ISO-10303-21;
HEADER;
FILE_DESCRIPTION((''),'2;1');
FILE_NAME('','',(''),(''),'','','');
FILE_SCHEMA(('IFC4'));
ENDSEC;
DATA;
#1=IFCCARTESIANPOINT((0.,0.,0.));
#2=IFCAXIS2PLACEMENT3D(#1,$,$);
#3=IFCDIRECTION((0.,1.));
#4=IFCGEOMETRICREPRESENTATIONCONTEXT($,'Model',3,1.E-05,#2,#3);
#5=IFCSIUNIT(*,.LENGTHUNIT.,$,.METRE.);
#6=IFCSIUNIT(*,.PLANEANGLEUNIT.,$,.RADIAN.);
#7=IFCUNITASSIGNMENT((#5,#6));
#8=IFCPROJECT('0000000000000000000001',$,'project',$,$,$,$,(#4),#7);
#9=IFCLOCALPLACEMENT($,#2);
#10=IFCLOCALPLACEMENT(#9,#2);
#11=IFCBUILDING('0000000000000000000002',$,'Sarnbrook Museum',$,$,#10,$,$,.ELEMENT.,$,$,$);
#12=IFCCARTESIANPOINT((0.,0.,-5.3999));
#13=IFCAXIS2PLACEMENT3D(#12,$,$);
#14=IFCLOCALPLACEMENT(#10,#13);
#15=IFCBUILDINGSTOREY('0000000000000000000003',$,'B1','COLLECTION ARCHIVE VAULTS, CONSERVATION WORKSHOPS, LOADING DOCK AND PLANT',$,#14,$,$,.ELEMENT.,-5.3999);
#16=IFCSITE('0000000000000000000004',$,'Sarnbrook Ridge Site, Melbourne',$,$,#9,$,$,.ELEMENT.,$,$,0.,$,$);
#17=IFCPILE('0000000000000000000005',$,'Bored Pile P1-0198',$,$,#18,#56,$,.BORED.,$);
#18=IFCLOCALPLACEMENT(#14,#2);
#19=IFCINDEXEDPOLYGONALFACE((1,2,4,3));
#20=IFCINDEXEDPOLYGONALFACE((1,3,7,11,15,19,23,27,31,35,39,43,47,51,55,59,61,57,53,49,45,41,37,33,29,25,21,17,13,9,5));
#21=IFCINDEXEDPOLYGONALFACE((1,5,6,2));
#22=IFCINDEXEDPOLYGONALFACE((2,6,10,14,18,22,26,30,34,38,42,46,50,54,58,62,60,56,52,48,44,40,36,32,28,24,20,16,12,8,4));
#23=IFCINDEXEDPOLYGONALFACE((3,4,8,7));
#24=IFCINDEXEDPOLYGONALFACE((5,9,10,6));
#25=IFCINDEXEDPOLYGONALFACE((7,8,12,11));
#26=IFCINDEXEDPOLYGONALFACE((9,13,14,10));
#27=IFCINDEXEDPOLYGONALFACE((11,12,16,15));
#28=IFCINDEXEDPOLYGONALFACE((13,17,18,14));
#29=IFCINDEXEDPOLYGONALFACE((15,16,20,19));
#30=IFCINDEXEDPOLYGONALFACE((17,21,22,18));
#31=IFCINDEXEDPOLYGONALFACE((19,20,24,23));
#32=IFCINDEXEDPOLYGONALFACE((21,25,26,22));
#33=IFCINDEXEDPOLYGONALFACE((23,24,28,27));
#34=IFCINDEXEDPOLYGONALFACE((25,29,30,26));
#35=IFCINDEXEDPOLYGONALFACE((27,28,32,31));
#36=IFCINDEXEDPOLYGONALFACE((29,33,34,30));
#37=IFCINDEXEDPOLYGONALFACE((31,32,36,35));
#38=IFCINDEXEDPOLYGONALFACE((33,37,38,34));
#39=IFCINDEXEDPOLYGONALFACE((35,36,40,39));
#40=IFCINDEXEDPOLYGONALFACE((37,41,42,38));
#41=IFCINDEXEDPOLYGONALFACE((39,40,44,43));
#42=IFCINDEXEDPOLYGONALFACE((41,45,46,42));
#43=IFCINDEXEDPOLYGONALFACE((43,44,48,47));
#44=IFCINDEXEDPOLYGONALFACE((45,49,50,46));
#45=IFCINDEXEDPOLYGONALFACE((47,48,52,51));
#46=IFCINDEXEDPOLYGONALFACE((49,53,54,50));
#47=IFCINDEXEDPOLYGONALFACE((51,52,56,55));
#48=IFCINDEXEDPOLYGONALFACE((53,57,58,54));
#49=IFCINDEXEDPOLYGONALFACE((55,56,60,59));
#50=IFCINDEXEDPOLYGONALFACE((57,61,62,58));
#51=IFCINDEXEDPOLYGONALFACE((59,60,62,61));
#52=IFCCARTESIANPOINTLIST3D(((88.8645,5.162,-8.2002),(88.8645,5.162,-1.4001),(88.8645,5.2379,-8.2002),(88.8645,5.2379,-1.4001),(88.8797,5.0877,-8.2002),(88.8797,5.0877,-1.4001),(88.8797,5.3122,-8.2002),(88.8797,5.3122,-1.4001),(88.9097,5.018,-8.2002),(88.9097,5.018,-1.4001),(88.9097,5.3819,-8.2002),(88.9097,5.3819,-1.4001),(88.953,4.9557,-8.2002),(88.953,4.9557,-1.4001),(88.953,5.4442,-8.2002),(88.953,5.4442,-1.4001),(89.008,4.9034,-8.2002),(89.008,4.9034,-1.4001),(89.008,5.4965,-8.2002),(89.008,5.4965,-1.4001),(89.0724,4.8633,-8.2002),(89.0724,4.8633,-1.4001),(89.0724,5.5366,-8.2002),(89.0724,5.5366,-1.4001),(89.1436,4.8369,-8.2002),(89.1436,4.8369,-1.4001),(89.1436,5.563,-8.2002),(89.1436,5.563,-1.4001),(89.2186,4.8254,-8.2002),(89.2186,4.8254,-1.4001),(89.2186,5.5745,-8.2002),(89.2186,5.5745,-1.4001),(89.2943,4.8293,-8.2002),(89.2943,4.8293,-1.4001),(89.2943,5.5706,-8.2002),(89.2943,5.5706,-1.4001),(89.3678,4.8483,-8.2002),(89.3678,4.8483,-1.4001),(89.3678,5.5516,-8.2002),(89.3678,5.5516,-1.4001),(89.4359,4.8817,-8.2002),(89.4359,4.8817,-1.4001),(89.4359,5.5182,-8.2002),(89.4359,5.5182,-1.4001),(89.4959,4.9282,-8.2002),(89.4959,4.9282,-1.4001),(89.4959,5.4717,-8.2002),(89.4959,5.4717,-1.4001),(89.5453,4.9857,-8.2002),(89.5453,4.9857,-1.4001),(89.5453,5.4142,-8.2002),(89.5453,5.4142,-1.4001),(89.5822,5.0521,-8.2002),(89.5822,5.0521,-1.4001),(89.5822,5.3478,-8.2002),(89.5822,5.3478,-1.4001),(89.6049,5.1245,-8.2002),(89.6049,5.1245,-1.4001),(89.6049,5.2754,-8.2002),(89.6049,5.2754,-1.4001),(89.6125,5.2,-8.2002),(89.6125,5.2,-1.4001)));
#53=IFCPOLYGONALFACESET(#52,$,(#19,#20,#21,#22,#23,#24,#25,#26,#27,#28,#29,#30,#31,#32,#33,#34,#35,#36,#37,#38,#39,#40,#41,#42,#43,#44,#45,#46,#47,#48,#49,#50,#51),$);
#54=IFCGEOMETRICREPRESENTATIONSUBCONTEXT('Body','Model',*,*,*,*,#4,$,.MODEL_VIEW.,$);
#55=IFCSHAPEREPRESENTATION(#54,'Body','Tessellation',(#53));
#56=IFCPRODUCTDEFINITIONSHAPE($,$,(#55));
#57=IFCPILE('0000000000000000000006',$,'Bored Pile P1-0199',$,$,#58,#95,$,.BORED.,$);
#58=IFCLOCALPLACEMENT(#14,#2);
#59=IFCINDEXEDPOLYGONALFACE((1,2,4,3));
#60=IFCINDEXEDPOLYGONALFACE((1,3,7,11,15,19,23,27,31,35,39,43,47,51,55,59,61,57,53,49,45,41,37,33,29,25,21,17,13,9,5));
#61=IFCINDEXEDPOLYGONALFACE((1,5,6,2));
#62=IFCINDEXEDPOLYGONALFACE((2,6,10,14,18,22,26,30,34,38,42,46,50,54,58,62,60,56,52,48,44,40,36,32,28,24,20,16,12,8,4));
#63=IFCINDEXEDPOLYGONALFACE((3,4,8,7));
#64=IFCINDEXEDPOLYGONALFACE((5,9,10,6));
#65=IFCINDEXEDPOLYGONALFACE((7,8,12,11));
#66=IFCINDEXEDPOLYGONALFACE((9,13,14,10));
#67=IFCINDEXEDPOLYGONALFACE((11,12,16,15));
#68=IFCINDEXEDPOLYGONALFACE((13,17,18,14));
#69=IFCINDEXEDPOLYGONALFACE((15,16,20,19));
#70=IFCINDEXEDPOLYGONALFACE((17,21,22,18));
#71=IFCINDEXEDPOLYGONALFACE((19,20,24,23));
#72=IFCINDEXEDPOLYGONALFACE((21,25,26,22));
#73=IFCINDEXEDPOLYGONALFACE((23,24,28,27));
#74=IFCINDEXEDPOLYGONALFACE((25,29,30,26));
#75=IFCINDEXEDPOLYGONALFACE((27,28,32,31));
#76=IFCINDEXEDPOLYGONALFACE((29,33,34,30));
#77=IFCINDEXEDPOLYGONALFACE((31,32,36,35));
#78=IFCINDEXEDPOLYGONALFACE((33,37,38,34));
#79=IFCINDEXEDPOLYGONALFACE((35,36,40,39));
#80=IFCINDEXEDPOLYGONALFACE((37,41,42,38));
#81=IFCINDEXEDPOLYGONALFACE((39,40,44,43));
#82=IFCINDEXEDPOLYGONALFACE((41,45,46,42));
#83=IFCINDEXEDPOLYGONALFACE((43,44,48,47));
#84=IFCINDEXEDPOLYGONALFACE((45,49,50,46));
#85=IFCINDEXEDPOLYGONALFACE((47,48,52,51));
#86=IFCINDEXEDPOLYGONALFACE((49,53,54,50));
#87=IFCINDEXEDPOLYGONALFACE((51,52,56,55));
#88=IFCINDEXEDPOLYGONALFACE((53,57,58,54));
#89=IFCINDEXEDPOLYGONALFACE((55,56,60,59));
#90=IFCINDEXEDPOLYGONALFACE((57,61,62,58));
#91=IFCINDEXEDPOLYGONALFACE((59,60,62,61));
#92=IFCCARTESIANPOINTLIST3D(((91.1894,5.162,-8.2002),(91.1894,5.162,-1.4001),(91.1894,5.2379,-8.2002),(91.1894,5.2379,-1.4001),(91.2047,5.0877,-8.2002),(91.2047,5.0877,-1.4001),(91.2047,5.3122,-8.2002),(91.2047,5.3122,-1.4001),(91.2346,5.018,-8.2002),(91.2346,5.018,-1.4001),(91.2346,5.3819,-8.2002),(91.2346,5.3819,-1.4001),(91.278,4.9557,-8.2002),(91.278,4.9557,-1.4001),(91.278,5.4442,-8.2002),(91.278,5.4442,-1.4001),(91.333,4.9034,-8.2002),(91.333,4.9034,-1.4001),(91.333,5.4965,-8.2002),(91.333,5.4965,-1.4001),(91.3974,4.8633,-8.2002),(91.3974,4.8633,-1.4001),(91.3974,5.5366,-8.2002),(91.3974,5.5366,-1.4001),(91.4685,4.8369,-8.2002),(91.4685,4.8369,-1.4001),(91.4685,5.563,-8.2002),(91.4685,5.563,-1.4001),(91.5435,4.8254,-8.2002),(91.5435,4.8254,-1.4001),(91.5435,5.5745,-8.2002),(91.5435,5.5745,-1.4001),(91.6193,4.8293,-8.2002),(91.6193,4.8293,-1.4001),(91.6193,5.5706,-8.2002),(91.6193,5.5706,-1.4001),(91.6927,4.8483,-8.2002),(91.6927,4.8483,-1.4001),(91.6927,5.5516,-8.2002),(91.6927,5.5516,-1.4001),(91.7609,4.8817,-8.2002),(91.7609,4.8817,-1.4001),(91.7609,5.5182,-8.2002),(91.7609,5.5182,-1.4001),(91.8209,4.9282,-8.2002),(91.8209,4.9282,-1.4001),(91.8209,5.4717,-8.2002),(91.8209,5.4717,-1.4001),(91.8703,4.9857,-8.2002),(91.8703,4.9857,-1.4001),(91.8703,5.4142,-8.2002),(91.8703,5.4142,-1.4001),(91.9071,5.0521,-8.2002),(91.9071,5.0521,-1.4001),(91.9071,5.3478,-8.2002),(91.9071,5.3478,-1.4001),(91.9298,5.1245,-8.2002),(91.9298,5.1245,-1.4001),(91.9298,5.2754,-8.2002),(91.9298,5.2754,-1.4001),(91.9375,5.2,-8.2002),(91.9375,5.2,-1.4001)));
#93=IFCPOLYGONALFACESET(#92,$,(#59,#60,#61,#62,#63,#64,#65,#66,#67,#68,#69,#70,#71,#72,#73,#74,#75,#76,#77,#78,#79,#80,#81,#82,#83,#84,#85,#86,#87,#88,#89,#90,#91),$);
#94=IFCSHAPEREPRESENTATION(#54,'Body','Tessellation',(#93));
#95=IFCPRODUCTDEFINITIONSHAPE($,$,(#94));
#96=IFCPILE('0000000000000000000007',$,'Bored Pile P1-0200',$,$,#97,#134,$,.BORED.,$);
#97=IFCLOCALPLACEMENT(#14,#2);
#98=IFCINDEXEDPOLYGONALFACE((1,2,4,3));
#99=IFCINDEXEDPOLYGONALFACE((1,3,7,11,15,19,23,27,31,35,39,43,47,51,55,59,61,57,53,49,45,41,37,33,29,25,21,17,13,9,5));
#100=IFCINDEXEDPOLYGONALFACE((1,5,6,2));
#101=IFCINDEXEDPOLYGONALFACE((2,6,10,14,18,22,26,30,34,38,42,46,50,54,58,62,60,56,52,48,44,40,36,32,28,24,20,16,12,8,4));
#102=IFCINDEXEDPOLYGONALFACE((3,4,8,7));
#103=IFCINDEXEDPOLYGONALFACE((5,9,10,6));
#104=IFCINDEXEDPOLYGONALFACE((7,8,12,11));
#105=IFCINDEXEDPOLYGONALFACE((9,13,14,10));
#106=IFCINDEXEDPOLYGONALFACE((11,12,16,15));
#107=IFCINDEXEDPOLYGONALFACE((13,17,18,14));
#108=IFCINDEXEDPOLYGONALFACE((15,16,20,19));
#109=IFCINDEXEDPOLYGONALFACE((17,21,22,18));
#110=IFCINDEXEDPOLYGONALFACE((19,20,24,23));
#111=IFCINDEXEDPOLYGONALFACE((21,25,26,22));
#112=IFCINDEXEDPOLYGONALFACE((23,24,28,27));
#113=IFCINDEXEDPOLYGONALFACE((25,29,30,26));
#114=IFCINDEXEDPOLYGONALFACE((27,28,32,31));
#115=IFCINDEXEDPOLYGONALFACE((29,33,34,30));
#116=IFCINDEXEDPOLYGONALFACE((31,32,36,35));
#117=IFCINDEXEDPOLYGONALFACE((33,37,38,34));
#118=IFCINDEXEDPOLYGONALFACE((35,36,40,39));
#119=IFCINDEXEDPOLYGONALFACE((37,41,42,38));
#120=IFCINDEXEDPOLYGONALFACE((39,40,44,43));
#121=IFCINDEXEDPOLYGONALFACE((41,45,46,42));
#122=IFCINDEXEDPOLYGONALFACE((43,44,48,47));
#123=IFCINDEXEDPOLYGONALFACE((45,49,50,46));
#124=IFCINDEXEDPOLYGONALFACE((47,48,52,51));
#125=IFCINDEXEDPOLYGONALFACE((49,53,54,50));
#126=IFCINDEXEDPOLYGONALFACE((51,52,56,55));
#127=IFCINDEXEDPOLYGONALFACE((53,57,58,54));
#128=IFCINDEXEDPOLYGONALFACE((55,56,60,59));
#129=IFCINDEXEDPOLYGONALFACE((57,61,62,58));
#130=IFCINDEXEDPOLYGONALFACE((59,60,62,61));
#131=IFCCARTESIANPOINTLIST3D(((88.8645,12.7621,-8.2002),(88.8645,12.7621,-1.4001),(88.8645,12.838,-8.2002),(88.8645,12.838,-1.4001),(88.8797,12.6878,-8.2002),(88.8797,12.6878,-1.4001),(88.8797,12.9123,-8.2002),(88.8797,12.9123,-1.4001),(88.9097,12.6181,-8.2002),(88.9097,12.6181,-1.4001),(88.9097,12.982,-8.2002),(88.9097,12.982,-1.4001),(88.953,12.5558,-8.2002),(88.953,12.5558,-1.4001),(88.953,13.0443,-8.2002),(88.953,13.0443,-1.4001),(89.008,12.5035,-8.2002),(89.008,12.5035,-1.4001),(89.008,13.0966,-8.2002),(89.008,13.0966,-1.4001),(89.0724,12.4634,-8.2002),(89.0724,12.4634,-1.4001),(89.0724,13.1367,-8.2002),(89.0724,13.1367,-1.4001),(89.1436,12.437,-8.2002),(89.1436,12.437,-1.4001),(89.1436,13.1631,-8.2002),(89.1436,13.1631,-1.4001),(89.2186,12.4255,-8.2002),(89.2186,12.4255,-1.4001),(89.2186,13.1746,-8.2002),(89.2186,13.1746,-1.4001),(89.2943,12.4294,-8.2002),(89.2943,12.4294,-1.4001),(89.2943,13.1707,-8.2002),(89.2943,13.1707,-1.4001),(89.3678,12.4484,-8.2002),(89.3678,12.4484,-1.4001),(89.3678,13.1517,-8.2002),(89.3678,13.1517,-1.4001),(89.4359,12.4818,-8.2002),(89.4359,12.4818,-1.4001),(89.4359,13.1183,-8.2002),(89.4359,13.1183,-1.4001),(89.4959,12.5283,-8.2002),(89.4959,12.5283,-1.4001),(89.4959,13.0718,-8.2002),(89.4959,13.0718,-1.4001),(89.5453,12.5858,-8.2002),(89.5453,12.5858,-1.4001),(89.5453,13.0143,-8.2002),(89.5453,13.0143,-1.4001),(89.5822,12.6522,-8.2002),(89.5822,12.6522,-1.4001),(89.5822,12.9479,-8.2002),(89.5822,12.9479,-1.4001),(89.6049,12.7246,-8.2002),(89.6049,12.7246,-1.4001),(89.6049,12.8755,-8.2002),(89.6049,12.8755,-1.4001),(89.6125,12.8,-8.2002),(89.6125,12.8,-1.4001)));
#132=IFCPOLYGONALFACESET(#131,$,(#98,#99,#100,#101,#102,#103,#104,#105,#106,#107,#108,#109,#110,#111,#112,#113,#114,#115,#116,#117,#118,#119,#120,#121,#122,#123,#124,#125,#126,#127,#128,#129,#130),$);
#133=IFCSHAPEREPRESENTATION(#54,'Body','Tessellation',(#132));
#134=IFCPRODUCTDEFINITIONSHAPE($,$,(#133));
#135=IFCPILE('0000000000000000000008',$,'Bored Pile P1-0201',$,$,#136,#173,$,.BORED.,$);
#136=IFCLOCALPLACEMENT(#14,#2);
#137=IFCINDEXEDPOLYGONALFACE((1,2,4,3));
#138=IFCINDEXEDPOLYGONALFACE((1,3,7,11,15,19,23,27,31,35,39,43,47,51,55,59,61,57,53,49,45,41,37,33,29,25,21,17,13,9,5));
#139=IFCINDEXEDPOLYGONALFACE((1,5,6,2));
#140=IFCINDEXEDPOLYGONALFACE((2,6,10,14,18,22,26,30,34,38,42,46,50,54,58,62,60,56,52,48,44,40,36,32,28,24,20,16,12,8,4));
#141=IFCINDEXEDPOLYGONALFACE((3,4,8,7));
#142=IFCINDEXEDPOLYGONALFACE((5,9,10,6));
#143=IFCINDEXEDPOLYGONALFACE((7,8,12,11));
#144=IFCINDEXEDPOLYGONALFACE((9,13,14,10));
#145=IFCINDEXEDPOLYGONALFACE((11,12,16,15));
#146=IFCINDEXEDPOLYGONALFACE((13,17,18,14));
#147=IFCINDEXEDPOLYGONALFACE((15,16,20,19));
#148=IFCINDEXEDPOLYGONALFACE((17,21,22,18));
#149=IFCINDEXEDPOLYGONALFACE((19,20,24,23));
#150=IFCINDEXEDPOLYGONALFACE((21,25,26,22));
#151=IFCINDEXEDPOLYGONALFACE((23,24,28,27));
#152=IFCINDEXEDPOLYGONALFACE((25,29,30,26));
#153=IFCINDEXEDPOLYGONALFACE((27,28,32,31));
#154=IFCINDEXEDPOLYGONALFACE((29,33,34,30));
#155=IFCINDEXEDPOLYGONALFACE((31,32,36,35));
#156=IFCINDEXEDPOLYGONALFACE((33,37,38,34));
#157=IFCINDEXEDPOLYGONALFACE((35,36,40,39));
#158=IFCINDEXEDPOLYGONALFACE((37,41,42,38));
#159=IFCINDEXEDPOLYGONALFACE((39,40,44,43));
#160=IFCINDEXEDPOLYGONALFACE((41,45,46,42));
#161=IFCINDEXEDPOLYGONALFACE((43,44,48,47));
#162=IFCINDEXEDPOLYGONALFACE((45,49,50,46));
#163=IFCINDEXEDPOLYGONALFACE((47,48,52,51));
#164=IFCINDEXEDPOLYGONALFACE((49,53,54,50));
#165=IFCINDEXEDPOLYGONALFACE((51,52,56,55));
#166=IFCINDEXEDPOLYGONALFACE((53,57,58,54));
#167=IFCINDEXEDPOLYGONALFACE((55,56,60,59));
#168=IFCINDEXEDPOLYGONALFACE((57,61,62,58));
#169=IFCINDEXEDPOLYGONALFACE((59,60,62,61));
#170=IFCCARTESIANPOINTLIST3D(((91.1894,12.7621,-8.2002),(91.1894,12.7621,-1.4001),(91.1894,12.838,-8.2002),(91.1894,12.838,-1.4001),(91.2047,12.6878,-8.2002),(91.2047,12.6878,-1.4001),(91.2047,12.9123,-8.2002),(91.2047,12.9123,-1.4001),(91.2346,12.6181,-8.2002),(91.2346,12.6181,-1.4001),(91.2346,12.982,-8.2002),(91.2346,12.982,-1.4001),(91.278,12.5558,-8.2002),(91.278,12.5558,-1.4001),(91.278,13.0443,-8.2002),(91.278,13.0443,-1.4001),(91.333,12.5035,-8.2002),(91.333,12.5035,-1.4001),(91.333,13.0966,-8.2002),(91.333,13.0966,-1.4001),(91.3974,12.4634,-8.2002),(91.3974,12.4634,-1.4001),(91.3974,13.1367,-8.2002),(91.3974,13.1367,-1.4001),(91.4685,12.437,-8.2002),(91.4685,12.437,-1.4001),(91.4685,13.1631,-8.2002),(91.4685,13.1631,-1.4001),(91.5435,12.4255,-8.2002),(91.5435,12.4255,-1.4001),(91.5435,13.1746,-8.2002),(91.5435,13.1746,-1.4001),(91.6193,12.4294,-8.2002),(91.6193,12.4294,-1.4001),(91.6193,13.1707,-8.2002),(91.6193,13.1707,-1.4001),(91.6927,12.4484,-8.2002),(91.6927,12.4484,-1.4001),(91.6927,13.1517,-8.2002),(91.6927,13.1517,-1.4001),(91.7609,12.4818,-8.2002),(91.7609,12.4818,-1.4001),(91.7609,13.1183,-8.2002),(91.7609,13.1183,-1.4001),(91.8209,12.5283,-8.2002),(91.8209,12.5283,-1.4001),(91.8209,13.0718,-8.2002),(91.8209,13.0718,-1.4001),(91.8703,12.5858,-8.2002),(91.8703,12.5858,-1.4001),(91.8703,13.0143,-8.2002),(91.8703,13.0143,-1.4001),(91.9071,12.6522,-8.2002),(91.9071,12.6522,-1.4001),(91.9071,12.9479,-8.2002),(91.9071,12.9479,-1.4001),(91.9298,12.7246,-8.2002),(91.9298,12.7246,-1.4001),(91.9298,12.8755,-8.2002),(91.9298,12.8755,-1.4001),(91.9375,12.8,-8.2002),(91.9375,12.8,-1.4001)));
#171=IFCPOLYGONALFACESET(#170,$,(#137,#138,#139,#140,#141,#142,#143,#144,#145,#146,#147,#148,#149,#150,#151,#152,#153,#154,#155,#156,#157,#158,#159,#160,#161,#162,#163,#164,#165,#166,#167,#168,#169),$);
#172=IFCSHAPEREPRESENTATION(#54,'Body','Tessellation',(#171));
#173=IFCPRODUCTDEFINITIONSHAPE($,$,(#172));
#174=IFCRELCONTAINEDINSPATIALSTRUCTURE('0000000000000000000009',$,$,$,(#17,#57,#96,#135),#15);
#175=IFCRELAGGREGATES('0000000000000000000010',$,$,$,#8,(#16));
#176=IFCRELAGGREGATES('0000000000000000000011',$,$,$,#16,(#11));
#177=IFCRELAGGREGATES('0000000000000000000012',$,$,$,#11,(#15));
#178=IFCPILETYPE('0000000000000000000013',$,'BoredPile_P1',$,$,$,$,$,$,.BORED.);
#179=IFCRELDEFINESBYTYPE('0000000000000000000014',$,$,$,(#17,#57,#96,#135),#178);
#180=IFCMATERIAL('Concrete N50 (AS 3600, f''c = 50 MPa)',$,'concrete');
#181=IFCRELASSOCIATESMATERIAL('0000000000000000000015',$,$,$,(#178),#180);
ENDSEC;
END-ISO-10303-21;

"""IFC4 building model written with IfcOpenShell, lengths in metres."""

from ifc_helpers import new_model, si_unit, direction, frame, origin, origin_2d, place, context, subcontext, project, spatial, circle, extrude, material, material_profile, profile_set, type_object, element, save


model = new_model("IFC4")

# Units and contexts
model_context = context("Model", 3, precision=1e-05, world=origin(), true_north=direction((0.0, 1.0)))
body_context = subcontext(model_context, "Body", "Model", "MODEL_VIEW")
ifc_project = project(units=[si_unit("LENGTHUNIT", "METRE"), si_unit("PLANEANGLEUNIT", "RADIAN")], contexts=[model_context])

# Site, building, storey
site_placement = place(None, origin())
site = spatial("IfcSite", under=ifc_project, at=site_placement, Name="Sarnbrook Ridge Site, Melbourne", CompositionType="ELEMENT", RefElevation=0.0)
building_placement = place(site_placement, origin())
building = spatial("IfcBuilding", under=site, at=building_placement, Name="Sarnbrook Museum", CompositionType="ELEMENT")
storey_placement = place(building_placement, frame((0.0, 0.0, -5.3999)))
storey = spatial("IfcBuildingStorey", under=building, at=storey_placement, Name="B1", Description="COLLECTION ARCHIVE VAULTS, CONSERVATION WORKSHOPS, LOADING DOCK AND PLANT", CompositionType="ELEMENT", Elevation=-5.3999)

# Piles
ifc_material_1 = material(Name="Concrete N50 (AS 3600, f'c = 50 MPa)", Category="concrete")
ifc_material_profile_1 = material_profile(ifc_material_1, circle(Radius=0.375, at=origin_2d()), Name="BORED PILE D750")
ifc_profile_set_1 = profile_set([ifc_material_profile_1], Name="Concrete N50 (AS 3600, f'c = 50 MPa)")
pile_type_1 = type_object("IfcPileType", Name="BoredPile_P1", PredefinedType="BORED", material=ifc_profile_set_1)
for number, where, z_axis, x_axis, name in (
    (1, (89.2375, 5.2, -1.4001), (0.0, 0.0, -1.0), (1.0, 0.0, 0.0), "Bored Pile P1-0198"),
    (2, (91.5625, 5.2, -1.4001), (0.0, 0.0, -1.0), (1.0, 0.0, 0.0), "Bored Pile P1-0199"),
    (3, (89.2375, 12.8, -1.4001), (0.0, 0.0, -1.0), (1.0, 0.0, 0.0), "Bored Pile P1-0200"),
    (4, (91.5625, 12.8, -1.4001), (0.0, 0.0, -1.0), (1.0, 0.0, 0.0), "Bored Pile P1-0201"),
):
    element("IfcPile", number, at=place(storey_placement, frame(where, z_axis=z_axis, x_axis=x_axis)), inside=storey, type_object=pile_type_1, Name=name, PredefinedType="BORED", context=body_context, shape_type="SweptSolid", body=[
        extrude(circle(Radius=0.375, at=origin_2d()), origin(), (0.0, 0.0, 1.0), 6.8),
    ])

save(model, "model.ifc")
